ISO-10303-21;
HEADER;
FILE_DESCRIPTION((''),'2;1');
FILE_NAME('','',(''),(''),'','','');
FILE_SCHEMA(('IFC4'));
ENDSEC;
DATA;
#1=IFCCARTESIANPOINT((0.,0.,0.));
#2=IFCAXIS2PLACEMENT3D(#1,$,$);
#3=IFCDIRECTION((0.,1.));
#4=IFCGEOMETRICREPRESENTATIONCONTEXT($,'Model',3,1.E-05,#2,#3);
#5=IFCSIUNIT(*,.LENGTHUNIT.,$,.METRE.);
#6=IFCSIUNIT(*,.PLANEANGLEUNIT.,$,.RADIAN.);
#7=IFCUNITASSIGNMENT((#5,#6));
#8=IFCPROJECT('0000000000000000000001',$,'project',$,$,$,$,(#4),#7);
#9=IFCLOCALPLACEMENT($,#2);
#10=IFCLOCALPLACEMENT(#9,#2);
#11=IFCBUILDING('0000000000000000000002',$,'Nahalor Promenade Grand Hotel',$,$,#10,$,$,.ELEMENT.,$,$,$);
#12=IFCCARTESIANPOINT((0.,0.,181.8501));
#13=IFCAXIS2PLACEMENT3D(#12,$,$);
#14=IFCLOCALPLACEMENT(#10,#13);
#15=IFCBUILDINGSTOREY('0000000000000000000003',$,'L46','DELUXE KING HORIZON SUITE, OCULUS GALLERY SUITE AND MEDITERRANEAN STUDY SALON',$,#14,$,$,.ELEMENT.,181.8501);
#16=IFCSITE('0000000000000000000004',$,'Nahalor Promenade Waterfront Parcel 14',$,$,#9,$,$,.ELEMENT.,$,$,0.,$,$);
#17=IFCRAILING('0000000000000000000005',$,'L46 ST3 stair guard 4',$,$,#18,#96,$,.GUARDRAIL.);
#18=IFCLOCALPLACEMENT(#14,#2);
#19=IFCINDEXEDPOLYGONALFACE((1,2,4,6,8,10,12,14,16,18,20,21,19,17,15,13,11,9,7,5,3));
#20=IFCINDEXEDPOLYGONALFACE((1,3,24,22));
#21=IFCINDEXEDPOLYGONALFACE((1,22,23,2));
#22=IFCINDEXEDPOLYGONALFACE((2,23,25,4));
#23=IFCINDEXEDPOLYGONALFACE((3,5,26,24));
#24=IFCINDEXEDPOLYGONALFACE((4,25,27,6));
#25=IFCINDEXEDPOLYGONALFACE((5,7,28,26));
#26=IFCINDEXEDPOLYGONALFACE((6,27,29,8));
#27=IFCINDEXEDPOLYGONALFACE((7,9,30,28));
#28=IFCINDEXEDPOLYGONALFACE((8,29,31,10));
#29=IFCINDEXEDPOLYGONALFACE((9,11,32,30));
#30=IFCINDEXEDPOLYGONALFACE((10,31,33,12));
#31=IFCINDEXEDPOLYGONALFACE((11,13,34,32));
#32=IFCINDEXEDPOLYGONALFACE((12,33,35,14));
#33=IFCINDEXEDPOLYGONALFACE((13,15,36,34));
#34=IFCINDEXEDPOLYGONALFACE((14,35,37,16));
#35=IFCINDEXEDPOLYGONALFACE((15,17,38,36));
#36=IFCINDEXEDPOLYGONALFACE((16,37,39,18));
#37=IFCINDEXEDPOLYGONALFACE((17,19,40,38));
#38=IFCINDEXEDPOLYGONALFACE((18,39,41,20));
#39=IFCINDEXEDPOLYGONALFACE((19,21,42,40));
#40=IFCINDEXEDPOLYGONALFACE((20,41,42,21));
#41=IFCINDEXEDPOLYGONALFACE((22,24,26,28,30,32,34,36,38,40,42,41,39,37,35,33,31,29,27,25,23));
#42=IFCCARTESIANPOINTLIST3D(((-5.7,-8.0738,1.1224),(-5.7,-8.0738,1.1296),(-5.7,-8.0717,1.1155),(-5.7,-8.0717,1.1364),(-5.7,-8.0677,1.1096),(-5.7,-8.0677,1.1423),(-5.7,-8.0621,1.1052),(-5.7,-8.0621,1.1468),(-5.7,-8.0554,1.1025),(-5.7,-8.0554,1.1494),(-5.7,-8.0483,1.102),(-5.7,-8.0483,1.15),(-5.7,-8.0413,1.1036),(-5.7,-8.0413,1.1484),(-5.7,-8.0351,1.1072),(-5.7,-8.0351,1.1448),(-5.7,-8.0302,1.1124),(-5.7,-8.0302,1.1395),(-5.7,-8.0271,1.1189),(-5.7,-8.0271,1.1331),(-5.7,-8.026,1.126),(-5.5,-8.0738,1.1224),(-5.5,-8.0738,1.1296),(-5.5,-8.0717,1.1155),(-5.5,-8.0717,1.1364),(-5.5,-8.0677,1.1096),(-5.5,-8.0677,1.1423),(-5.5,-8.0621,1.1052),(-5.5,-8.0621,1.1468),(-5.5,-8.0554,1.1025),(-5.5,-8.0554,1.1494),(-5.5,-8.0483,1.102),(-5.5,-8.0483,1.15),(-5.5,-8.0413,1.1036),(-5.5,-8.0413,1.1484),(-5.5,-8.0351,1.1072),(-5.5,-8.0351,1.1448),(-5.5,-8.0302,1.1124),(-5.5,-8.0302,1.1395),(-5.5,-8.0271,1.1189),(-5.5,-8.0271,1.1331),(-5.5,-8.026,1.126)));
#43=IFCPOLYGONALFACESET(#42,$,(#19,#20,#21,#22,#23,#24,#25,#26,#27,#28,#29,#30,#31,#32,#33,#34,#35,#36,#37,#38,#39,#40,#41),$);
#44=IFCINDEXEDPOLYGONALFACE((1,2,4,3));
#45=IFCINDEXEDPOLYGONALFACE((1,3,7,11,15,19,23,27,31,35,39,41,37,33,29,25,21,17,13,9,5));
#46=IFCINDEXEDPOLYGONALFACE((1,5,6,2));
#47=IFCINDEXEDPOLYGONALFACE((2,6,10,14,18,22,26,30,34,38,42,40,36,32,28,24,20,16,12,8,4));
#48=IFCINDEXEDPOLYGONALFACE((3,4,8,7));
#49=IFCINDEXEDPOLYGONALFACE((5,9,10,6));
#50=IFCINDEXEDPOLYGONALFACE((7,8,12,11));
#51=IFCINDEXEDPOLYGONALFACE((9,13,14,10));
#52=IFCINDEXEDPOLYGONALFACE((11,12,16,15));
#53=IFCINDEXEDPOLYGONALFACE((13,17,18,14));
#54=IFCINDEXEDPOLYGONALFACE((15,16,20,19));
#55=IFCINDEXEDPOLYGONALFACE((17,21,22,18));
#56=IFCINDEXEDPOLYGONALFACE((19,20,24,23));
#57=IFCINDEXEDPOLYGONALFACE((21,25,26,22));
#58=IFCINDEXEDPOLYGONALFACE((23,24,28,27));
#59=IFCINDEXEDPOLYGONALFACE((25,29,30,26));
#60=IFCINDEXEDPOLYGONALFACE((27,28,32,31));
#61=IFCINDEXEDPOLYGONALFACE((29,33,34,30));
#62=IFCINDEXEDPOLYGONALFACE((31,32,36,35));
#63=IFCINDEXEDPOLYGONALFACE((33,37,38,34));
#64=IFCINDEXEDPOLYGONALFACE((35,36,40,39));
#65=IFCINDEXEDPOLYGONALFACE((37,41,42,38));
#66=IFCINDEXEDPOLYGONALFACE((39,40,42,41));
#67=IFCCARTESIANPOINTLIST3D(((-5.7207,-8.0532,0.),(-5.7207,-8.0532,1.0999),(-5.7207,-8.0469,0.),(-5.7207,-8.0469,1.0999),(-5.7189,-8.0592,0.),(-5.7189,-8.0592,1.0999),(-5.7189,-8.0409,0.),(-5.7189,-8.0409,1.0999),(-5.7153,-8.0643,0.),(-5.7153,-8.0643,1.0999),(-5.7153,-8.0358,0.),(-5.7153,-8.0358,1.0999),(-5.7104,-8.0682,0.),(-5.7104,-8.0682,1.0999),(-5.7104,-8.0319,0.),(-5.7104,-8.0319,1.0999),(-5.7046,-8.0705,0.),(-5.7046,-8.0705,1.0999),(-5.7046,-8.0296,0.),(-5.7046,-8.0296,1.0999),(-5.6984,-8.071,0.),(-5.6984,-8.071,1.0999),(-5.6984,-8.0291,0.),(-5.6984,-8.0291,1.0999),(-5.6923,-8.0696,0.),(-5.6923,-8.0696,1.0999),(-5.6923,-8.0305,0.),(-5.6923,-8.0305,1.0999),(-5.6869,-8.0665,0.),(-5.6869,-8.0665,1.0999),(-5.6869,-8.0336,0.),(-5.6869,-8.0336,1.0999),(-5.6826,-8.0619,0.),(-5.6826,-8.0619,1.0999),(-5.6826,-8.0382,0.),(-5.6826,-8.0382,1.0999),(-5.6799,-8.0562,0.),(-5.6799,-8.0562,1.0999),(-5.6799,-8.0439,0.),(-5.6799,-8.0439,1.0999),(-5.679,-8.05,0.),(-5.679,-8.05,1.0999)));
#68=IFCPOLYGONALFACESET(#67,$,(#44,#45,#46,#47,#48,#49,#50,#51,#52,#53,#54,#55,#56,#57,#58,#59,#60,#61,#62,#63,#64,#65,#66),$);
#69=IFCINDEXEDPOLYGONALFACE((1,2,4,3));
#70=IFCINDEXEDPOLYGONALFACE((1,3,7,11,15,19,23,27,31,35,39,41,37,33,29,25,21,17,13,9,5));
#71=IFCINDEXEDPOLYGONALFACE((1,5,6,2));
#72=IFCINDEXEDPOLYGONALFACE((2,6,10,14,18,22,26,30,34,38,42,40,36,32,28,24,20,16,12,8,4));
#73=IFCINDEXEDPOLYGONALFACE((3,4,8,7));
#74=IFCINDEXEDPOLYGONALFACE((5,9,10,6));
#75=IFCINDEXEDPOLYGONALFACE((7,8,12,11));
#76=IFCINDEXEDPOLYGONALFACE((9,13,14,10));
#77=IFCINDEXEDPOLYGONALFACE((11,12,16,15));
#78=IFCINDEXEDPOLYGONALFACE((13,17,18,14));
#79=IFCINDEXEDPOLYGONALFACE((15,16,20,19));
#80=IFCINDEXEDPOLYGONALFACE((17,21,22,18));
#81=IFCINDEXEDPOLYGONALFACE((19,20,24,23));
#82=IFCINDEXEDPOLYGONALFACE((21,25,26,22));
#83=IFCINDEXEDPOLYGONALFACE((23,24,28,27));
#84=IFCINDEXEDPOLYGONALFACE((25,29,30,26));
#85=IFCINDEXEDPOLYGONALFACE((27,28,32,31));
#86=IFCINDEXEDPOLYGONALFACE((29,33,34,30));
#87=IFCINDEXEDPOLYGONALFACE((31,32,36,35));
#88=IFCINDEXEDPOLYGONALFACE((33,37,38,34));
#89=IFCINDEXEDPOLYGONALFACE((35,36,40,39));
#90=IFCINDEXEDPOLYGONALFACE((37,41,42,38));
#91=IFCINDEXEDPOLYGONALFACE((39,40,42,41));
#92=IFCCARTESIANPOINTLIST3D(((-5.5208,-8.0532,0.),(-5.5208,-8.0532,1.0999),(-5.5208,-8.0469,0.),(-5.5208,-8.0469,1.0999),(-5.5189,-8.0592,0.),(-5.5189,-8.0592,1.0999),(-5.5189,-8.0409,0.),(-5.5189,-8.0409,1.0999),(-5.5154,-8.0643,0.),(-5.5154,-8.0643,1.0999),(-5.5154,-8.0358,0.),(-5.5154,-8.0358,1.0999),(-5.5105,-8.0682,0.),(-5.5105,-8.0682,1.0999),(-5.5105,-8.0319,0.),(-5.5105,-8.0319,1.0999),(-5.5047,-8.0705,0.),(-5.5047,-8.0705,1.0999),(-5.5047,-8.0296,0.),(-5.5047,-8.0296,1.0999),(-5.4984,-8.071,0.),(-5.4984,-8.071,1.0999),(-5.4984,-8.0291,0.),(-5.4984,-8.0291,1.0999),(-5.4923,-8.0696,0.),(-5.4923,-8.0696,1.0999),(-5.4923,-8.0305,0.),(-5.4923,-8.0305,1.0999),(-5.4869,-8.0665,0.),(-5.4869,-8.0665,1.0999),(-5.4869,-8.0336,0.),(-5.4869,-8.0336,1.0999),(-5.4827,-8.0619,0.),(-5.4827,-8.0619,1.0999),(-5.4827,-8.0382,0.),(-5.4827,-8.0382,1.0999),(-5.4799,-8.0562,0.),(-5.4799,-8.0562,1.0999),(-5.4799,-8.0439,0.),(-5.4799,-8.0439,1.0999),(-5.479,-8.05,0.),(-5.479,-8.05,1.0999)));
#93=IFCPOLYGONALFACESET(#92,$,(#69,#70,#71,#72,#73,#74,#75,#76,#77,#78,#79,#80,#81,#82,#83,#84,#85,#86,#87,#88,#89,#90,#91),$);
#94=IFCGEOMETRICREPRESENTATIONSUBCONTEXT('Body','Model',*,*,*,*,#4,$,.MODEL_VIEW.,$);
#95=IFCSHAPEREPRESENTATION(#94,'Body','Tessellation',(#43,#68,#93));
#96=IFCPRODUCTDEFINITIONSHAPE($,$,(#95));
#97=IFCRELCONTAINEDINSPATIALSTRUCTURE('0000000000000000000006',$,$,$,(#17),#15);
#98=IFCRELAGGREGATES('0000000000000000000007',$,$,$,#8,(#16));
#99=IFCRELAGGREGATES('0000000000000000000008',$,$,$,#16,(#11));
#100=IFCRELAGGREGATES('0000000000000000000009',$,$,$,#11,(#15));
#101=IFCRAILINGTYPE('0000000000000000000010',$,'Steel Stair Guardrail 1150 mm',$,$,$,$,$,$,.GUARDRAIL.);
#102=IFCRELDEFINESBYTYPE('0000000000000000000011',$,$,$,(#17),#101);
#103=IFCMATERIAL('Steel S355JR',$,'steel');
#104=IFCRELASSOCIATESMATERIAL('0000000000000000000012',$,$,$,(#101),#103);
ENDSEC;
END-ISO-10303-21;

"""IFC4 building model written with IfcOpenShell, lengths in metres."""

from ifc_helpers import new_model, si_unit, direction, frame, origin, origin_2d, place, context, subcontext, project, spatial, circle, extrude, material, type_object, element, save


model = new_model("IFC4")

# Units and contexts
model_context = context("Model", 3, precision=1e-05, world=origin(), true_north=direction((0.0, 1.0)))
body_context = subcontext(model_context, "Body", "Model", "MODEL_VIEW")
ifc_project = project(units=[si_unit("LENGTHUNIT", "METRE"), si_unit("PLANEANGLEUNIT", "RADIAN")], contexts=[model_context])

# Site, building, storey
site_placement = place(None, origin())
site = spatial("IfcSite", under=ifc_project, at=site_placement, Name="Nahalor Promenade Waterfront Parcel 14", CompositionType="ELEMENT", RefElevation=0.0)
building_placement = place(site_placement, origin())
building = spatial("IfcBuilding", under=site, at=building_placement, Name="Nahalor Promenade Grand Hotel", CompositionType="ELEMENT")
storey_placement = place(building_placement, frame((0.0, 0.0, 181.8501)))
storey = spatial("IfcBuildingStorey", under=building, at=storey_placement, Name="L46", Description="DELUXE KING HORIZON SUITE, OCULUS GALLERY SUITE AND MEDITERRANEAN STUDY SALON", CompositionType="ELEMENT", Elevation=181.8501)

# Shared definitions
ifc_material_1 = material(Name="Steel S355JR", Category="steel")

# Railing
railing_type_1 = type_object("IfcRailingType", Name="Steel Stair Guardrail 1150 mm", PredefinedType="GUARDRAIL", material=ifc_material_1)
railing_1_placement = place(storey_placement, frame((-5.7, -8.05, 0.0)))
element("IfcRailing", 1, at=railing_1_placement, inside=storey, type_object=railing_type_1, Name="L46 ST3 stair guard 4", PredefinedType="GUARDRAIL", context=body_context, shape_type="SweptSolid", body=[
    extrude(circle(Radius=0.024, at=origin_2d()), frame((0.0, 0.0, 1.126), z_axis=(1.0, 0.0, 0.0), x_axis=(0.0, 1.0, 0.0)), (0.0, 0.0, 1.0), 0.2),
    extrude(circle(Radius=0.021, at=origin_2d()), origin(), (0.0, 0.0, 1.0), 1.0999),
    extrude(circle(Radius=0.021, at=origin_2d()), frame((0.2, 0.0, 0.0)), (0.0, 0.0, 1.0), 1.0999),
])

save(model, "model.ifc")
